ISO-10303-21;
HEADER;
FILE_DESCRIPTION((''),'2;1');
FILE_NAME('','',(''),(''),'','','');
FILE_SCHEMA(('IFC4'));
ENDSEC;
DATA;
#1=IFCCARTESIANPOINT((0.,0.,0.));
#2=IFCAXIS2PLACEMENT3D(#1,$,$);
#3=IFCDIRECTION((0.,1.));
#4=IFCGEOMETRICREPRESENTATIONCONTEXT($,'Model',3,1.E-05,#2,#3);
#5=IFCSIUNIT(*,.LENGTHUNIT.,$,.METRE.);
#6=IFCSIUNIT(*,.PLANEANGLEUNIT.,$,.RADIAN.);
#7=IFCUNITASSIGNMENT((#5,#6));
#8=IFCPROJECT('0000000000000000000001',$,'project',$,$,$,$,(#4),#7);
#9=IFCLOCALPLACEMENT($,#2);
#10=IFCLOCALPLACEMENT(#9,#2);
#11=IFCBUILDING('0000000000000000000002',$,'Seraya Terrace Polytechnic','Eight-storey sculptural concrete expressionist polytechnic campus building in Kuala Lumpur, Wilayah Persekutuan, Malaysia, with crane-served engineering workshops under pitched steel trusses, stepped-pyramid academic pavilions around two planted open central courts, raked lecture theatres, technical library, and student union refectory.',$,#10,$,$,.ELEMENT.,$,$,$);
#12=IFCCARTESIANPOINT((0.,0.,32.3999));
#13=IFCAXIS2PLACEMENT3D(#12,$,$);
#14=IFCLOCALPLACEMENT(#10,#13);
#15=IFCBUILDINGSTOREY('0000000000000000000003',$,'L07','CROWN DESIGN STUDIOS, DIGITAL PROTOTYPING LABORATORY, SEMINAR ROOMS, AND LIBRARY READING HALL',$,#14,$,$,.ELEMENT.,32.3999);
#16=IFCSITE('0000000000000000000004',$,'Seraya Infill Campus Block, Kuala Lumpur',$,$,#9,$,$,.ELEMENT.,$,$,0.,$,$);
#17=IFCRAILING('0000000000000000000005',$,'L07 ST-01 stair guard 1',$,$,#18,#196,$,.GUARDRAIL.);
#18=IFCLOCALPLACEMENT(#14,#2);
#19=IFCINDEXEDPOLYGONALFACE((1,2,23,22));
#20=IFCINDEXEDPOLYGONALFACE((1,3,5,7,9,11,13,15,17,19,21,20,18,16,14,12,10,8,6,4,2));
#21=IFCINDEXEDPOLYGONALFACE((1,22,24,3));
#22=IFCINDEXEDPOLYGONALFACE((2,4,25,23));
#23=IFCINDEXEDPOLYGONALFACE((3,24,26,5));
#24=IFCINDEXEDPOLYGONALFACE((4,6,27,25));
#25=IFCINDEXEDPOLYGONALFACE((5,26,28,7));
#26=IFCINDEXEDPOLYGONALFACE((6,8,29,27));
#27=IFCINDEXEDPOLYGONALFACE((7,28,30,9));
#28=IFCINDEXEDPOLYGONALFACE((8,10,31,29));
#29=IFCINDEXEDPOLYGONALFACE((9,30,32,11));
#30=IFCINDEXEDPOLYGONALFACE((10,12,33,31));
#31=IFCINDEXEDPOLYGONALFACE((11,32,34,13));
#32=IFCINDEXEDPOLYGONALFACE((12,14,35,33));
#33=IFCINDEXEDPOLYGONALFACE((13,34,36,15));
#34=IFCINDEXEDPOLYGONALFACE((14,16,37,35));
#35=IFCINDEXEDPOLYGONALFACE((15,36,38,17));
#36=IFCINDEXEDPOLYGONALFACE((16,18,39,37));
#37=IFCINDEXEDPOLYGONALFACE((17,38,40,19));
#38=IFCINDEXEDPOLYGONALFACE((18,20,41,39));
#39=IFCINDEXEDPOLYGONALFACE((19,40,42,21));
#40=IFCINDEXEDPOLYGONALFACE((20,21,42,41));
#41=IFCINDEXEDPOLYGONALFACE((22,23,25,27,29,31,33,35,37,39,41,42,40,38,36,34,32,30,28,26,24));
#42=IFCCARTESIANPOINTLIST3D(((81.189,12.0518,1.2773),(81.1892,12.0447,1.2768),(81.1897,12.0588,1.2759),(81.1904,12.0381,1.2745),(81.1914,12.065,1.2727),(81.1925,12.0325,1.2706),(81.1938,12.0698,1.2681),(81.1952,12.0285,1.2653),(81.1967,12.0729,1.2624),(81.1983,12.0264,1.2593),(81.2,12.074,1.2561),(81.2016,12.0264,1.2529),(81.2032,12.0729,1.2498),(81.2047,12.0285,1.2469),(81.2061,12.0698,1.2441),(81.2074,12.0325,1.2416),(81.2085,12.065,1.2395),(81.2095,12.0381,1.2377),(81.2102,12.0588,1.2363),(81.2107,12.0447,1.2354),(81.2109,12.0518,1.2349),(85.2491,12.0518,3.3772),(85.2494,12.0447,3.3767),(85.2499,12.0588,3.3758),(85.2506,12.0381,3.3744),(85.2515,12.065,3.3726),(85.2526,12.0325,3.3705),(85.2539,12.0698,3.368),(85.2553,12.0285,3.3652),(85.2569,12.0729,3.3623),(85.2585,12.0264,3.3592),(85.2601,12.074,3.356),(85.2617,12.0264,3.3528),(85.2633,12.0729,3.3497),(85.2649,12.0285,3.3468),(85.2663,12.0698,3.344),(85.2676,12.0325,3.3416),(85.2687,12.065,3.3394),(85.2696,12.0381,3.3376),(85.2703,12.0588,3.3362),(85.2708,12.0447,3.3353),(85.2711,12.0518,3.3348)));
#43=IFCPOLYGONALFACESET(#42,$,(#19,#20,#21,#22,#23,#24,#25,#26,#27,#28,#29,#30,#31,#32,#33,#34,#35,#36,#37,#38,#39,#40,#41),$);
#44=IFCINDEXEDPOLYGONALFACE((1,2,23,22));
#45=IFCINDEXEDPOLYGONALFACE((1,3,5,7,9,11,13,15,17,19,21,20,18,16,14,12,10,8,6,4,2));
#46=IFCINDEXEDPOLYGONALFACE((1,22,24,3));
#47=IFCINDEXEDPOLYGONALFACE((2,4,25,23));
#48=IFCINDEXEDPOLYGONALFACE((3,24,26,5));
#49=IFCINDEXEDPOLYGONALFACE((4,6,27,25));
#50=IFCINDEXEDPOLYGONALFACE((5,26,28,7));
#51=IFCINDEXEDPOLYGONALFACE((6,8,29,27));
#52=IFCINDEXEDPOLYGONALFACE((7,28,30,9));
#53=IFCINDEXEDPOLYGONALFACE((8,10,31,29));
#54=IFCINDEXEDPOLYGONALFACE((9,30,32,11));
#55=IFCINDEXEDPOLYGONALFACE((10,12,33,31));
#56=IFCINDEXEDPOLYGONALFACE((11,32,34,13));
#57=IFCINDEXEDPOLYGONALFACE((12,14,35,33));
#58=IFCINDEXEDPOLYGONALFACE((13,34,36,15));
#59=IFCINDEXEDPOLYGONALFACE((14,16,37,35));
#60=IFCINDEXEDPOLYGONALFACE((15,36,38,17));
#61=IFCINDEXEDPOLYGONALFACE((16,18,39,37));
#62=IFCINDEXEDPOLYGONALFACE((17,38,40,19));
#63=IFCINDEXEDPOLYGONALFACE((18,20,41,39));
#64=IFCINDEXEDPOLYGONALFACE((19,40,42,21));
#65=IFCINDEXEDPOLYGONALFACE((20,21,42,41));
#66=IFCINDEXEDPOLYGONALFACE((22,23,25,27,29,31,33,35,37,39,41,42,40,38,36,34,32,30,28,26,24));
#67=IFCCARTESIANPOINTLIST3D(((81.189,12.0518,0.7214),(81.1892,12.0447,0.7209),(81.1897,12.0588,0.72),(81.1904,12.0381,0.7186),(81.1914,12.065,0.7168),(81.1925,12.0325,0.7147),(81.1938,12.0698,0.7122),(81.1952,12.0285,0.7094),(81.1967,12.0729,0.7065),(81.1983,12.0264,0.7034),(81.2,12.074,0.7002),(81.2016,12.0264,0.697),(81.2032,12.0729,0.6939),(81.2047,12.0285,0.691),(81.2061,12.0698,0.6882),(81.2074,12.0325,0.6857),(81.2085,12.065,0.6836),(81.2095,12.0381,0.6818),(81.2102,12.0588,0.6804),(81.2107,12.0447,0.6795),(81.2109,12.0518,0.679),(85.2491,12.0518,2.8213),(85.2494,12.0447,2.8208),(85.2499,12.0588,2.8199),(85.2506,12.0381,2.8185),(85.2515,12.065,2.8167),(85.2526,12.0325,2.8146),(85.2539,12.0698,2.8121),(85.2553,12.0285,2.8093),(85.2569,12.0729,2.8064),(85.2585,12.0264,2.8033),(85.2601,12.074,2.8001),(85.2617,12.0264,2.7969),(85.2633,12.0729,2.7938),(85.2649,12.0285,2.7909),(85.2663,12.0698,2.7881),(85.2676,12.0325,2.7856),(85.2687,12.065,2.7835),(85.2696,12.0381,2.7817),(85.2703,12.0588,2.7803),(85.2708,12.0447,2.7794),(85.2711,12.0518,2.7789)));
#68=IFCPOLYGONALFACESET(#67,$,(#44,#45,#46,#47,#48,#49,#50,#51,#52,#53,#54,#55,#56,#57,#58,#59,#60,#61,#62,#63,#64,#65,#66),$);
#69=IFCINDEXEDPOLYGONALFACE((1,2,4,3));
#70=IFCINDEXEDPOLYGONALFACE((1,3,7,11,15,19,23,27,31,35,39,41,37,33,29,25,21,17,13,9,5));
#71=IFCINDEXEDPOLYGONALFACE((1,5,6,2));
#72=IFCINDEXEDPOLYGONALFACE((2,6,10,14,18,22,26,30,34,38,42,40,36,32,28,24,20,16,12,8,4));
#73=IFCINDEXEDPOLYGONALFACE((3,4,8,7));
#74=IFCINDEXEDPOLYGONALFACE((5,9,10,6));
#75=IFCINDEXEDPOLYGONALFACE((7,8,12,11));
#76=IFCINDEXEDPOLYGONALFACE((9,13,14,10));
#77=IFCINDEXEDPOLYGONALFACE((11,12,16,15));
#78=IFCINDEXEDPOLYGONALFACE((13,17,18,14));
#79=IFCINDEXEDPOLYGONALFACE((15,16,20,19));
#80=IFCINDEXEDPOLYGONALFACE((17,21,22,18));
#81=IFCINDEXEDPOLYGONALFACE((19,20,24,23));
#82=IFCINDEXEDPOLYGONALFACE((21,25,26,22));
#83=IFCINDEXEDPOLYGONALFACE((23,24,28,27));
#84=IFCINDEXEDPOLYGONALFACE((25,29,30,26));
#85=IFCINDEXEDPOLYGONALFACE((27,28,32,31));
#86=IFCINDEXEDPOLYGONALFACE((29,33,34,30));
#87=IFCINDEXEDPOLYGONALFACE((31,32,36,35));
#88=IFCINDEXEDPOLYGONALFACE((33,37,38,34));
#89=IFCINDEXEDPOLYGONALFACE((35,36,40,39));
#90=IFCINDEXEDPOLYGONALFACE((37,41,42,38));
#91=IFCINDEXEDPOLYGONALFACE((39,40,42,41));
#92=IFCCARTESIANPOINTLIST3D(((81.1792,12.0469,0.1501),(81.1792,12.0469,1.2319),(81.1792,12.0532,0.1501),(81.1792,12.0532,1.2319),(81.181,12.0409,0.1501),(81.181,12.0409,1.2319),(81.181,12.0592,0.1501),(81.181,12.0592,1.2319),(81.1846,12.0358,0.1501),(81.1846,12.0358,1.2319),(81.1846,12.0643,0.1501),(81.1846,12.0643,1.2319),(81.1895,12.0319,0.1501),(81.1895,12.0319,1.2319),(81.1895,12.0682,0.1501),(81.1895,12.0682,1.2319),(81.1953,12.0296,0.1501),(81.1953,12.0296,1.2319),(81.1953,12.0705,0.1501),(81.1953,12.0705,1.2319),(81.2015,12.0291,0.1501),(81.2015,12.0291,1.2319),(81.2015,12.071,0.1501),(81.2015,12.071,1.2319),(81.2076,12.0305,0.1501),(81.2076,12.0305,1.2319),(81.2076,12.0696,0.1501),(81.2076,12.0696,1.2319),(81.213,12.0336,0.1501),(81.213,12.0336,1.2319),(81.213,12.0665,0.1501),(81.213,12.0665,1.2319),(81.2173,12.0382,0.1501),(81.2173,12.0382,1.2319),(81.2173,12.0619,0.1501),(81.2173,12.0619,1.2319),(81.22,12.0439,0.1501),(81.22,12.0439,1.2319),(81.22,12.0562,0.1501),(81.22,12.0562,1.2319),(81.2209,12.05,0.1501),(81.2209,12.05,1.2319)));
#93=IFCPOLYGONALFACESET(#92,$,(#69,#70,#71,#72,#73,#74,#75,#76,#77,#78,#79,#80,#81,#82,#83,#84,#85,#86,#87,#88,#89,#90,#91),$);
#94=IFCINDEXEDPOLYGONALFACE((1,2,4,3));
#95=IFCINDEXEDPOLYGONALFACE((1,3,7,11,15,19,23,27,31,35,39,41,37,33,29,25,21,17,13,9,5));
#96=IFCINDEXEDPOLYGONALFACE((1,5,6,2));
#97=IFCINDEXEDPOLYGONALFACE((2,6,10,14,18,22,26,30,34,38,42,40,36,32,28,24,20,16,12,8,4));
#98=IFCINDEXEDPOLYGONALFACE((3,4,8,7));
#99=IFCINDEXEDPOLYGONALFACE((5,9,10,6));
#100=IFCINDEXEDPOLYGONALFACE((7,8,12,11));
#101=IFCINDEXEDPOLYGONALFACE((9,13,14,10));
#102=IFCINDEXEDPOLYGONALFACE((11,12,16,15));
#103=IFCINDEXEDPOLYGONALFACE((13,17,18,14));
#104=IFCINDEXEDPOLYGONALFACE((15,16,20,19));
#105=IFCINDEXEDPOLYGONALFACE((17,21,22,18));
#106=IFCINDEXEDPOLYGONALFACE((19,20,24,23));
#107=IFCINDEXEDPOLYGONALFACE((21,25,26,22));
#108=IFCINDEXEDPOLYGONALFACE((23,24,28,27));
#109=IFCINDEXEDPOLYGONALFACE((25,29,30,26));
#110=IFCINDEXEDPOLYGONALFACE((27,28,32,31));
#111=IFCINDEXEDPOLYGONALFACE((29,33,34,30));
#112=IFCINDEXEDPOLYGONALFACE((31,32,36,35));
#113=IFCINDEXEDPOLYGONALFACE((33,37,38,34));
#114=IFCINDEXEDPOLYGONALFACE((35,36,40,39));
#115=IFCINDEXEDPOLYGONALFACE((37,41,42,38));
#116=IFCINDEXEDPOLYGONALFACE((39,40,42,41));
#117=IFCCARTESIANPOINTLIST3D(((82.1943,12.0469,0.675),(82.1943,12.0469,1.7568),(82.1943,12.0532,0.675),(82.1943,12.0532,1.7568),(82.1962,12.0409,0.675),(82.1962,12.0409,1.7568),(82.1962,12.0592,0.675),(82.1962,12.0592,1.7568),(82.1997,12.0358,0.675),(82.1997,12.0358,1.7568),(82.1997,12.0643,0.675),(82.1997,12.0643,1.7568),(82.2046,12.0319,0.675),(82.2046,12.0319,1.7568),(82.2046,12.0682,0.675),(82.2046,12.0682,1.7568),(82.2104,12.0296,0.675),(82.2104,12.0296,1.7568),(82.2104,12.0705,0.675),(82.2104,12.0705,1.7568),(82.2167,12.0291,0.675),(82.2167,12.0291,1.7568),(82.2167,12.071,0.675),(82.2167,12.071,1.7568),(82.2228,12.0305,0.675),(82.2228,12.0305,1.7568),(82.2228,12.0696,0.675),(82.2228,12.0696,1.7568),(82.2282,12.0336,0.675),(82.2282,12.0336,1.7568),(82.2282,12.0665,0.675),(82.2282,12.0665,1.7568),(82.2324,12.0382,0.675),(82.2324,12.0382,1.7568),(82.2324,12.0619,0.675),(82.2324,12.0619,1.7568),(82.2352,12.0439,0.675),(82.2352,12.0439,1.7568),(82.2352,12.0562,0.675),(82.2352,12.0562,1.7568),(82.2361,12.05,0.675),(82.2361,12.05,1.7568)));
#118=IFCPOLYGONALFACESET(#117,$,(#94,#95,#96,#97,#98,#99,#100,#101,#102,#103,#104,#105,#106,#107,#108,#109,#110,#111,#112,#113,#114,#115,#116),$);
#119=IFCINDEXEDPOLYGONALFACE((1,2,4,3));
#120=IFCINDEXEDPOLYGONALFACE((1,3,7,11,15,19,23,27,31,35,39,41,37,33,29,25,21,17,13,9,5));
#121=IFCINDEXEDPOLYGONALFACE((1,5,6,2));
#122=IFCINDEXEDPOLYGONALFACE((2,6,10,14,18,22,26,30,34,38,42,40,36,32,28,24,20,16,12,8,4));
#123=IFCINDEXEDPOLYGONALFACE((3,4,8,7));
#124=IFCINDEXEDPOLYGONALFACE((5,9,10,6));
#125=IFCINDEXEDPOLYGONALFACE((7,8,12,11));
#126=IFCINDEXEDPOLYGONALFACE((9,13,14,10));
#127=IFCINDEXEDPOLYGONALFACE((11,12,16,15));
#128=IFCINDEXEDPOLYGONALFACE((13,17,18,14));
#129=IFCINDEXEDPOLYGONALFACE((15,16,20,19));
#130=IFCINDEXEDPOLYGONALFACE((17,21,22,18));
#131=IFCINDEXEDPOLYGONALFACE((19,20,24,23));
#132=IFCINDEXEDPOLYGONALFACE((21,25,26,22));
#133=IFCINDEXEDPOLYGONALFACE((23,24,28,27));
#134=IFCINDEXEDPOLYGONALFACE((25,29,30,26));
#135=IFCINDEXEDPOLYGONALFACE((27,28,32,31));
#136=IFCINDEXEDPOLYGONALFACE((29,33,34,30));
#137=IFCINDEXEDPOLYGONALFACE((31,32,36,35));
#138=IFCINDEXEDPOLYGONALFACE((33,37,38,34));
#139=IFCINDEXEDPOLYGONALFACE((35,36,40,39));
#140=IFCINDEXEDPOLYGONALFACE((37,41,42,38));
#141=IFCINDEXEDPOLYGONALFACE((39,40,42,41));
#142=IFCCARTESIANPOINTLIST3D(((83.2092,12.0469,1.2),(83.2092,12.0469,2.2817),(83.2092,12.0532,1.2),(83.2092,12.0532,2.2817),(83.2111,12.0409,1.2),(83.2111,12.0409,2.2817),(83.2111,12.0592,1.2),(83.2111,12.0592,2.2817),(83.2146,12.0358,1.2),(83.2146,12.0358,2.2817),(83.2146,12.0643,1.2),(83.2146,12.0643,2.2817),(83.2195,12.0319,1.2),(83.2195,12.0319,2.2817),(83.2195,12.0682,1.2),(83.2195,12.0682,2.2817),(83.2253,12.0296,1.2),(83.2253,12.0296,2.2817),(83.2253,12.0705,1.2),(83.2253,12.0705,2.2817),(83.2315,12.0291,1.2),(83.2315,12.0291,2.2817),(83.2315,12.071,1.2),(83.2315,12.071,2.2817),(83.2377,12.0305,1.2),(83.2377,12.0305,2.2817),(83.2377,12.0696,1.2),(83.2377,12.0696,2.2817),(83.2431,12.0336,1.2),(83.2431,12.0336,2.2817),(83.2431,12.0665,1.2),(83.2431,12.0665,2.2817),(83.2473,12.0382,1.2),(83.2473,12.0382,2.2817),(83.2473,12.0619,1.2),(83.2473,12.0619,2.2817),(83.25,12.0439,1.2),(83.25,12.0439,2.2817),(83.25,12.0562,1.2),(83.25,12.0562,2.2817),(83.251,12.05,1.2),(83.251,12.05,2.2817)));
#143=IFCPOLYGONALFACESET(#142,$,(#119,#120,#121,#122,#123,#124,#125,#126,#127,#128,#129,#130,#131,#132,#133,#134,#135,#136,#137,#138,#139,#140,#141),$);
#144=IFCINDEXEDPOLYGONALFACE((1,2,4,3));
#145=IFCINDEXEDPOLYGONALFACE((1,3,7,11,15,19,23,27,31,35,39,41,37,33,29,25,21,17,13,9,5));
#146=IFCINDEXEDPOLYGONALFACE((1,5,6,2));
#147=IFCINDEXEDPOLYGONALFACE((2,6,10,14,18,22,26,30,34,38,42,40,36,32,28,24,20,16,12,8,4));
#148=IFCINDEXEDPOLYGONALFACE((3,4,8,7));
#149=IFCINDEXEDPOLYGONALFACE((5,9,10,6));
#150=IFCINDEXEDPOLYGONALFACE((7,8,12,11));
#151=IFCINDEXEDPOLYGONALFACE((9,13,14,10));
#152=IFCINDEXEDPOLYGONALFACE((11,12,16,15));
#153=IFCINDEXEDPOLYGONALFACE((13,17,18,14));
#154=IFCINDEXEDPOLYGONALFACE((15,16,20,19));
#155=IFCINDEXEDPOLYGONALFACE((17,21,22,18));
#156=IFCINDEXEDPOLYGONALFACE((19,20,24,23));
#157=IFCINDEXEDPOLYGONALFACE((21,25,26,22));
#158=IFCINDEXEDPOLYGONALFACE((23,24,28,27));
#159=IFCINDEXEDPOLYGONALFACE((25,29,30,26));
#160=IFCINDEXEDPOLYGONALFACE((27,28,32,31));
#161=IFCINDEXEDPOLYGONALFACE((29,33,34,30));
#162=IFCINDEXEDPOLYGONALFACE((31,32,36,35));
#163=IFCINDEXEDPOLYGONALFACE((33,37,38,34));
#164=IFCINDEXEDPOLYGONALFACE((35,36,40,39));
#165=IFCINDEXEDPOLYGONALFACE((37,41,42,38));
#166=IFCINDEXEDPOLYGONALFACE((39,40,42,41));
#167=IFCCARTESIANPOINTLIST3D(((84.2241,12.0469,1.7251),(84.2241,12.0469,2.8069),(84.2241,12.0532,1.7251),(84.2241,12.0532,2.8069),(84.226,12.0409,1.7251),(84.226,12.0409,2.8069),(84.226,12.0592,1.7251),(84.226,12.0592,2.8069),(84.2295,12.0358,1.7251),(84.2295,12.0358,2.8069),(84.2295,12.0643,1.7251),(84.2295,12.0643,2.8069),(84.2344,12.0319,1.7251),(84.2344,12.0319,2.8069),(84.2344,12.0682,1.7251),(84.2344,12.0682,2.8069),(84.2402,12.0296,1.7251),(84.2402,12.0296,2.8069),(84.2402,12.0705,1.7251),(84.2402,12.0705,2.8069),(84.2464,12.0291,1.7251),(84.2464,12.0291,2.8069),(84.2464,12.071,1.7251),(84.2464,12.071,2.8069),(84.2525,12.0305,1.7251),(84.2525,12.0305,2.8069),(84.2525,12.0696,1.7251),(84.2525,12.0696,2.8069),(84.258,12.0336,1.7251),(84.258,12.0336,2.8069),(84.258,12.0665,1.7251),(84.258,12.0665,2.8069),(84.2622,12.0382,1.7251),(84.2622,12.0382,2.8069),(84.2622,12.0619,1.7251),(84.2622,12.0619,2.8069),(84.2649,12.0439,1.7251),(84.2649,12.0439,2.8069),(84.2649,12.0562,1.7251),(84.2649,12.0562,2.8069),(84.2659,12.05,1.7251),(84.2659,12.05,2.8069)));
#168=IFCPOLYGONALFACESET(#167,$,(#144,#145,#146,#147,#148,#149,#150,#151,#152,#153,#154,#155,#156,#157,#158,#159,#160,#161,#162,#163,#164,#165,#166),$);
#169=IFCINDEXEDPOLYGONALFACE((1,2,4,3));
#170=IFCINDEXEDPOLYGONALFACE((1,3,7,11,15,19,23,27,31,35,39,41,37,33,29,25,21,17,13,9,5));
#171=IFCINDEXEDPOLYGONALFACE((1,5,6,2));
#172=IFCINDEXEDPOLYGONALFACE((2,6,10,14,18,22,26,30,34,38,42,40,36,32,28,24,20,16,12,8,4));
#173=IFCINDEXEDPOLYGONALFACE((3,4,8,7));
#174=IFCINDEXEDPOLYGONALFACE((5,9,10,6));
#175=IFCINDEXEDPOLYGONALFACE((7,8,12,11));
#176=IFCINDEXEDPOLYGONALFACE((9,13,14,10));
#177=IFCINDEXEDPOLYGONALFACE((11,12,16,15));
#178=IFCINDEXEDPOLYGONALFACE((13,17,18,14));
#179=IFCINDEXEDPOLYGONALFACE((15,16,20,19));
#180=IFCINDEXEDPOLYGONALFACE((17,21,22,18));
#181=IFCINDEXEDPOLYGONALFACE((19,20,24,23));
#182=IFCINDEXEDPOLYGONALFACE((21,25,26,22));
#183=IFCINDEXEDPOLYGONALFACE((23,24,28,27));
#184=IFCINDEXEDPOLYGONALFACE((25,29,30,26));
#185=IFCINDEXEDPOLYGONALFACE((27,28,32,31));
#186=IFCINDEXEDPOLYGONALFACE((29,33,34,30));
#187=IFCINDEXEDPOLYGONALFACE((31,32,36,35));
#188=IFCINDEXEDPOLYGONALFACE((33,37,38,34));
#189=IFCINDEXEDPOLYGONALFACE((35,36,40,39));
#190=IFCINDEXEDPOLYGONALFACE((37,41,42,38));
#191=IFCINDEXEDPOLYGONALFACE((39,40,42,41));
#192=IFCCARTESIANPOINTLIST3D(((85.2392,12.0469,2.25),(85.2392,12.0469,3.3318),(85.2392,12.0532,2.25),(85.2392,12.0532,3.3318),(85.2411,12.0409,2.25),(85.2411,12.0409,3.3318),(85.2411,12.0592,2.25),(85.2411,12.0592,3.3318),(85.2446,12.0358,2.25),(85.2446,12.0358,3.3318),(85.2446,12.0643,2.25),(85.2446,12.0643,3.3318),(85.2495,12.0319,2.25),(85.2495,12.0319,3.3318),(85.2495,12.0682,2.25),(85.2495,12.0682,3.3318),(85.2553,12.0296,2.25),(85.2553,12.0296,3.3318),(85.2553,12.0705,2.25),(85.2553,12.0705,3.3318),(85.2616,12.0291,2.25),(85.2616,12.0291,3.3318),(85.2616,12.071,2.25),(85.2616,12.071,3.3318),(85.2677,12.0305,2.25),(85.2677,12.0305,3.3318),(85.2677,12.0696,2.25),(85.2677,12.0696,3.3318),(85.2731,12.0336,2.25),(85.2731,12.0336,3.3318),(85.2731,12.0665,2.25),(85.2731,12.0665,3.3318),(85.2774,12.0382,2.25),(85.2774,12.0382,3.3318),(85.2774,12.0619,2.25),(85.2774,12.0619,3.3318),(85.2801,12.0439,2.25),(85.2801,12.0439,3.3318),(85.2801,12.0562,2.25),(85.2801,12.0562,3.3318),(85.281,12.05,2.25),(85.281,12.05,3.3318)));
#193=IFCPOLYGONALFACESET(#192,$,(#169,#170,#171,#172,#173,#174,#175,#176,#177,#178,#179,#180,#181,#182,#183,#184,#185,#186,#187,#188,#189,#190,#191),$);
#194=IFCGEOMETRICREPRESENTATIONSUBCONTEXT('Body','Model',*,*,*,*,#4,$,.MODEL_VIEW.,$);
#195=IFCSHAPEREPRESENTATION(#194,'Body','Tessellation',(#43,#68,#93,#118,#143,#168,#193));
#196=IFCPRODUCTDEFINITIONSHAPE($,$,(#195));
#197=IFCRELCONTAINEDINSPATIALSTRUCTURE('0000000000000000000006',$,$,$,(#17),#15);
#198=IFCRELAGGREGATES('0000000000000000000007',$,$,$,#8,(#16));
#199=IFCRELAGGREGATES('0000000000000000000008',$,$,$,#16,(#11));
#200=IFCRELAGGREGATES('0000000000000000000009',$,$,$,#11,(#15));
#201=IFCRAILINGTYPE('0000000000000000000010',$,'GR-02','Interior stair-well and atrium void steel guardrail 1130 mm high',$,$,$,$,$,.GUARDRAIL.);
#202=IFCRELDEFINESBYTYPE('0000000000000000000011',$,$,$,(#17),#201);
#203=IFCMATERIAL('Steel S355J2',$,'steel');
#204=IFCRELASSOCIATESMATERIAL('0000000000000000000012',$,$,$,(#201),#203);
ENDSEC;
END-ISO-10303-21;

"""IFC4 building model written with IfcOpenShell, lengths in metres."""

from ifc_helpers import new_model, si_unit, direction, frame, origin, origin_2d, place, context, subcontext, project, spatial, circle, extrude, material, type_object, element, save


model = new_model("IFC4")

# Units and contexts
model_context = context("Model", 3, precision=1e-05, world=origin(), true_north=direction((0.0, 1.0)))
body_context = subcontext(model_context, "Body", "Model", "MODEL_VIEW")
ifc_project = project(units=[si_unit("LENGTHUNIT", "METRE"), si_unit("PLANEANGLEUNIT", "RADIAN")], contexts=[model_context])

# Site, building, storey
site_placement = place(None, origin())
site = spatial("IfcSite", under=ifc_project, at=site_placement, Name="Seraya Infill Campus Block, Kuala Lumpur", CompositionType="ELEMENT", RefElevation=0.0)
building_placement = place(site_placement, origin())
building = spatial("IfcBuilding", under=site, at=building_placement, Name="Seraya Terrace Polytechnic", Description="Eight-storey sculptural concrete expressionist polytechnic campus building in Kuala Lumpur, Wilayah Persekutuan, Malaysia, with crane-served engineering workshops under pitched steel trusses, stepped-pyramid academic pavilions around two planted open central courts, raked lecture theatres, technical library, and student union refectory.", CompositionType="ELEMENT")
storey_placement = place(building_placement, frame((0.0, 0.0, 32.3999)))
storey = spatial("IfcBuildingStorey", under=building, at=storey_placement, Name="L07", Description="CROWN DESIGN STUDIOS, DIGITAL PROTOTYPING LABORATORY, SEMINAR ROOMS, AND LIBRARY READING HALL", CompositionType="ELEMENT", Elevation=32.3999)

# Shared definitions
ifc_material_1 = material(Name="Steel S355J2", Category="steel")

# Railing
railing_type_1 = type_object("IfcRailingType", Name="GR-02", Description="Interior stair-well and atrium void steel guardrail 1130 mm high", PredefinedType="GUARDRAIL", material=ifc_material_1)
railing_1_placement = place(storey_placement, frame((81.2, 12.05, 0.1501)))
element("IfcRailing", 1, at=railing_1_placement, inside=storey, type_object=railing_type_1, Name="L07 ST-01 stair guard 1", PredefinedType="GUARDRAIL", context=body_context, shape_type="SweptSolid", body=[
    extrude(circle(Radius=0.0239, at=origin_2d()), frame((0.0, 0.0, 1.106), z_axis=(0.888233, 0.0, 0.459392), x_axis=(0.0, 1.0, 0.0)), (0.0, 0.0, 1.0), 4.571),
    extrude(circle(Radius=0.0239, at=origin_2d()), frame((0.0, 0.0, 0.55), z_axis=(0.888233, 0.0, 0.459392), x_axis=(0.0, 1.0, 0.0)), (0.0, 0.0, 1.0), 4.571),
    extrude(circle(Radius=0.021, at=origin_2d()), origin(), (0.0, 0.0, 1.0), 1.0818),
    extrude(circle(Radius=0.021, at=origin_2d()), frame((1.0151, 0.0, 0.5249)), (0.0, 0.0, 1.0), 1.0818),
    extrude(circle(Radius=0.021, at=origin_2d()), frame((2.03, 0.0, 1.0498)), (0.0, 0.0, 1.0), 1.0818),
    extrude(circle(Radius=0.021, at=origin_2d()), frame((3.0449, 0.0, 1.575)), (0.0, 0.0, 1.0), 1.0818),
    extrude(circle(Radius=0.021, at=origin_2d()), frame((4.0601, 0.0, 2.0999)), (0.0, 0.0, 1.0), 1.0818),
])

save(model, "model.ifc")
